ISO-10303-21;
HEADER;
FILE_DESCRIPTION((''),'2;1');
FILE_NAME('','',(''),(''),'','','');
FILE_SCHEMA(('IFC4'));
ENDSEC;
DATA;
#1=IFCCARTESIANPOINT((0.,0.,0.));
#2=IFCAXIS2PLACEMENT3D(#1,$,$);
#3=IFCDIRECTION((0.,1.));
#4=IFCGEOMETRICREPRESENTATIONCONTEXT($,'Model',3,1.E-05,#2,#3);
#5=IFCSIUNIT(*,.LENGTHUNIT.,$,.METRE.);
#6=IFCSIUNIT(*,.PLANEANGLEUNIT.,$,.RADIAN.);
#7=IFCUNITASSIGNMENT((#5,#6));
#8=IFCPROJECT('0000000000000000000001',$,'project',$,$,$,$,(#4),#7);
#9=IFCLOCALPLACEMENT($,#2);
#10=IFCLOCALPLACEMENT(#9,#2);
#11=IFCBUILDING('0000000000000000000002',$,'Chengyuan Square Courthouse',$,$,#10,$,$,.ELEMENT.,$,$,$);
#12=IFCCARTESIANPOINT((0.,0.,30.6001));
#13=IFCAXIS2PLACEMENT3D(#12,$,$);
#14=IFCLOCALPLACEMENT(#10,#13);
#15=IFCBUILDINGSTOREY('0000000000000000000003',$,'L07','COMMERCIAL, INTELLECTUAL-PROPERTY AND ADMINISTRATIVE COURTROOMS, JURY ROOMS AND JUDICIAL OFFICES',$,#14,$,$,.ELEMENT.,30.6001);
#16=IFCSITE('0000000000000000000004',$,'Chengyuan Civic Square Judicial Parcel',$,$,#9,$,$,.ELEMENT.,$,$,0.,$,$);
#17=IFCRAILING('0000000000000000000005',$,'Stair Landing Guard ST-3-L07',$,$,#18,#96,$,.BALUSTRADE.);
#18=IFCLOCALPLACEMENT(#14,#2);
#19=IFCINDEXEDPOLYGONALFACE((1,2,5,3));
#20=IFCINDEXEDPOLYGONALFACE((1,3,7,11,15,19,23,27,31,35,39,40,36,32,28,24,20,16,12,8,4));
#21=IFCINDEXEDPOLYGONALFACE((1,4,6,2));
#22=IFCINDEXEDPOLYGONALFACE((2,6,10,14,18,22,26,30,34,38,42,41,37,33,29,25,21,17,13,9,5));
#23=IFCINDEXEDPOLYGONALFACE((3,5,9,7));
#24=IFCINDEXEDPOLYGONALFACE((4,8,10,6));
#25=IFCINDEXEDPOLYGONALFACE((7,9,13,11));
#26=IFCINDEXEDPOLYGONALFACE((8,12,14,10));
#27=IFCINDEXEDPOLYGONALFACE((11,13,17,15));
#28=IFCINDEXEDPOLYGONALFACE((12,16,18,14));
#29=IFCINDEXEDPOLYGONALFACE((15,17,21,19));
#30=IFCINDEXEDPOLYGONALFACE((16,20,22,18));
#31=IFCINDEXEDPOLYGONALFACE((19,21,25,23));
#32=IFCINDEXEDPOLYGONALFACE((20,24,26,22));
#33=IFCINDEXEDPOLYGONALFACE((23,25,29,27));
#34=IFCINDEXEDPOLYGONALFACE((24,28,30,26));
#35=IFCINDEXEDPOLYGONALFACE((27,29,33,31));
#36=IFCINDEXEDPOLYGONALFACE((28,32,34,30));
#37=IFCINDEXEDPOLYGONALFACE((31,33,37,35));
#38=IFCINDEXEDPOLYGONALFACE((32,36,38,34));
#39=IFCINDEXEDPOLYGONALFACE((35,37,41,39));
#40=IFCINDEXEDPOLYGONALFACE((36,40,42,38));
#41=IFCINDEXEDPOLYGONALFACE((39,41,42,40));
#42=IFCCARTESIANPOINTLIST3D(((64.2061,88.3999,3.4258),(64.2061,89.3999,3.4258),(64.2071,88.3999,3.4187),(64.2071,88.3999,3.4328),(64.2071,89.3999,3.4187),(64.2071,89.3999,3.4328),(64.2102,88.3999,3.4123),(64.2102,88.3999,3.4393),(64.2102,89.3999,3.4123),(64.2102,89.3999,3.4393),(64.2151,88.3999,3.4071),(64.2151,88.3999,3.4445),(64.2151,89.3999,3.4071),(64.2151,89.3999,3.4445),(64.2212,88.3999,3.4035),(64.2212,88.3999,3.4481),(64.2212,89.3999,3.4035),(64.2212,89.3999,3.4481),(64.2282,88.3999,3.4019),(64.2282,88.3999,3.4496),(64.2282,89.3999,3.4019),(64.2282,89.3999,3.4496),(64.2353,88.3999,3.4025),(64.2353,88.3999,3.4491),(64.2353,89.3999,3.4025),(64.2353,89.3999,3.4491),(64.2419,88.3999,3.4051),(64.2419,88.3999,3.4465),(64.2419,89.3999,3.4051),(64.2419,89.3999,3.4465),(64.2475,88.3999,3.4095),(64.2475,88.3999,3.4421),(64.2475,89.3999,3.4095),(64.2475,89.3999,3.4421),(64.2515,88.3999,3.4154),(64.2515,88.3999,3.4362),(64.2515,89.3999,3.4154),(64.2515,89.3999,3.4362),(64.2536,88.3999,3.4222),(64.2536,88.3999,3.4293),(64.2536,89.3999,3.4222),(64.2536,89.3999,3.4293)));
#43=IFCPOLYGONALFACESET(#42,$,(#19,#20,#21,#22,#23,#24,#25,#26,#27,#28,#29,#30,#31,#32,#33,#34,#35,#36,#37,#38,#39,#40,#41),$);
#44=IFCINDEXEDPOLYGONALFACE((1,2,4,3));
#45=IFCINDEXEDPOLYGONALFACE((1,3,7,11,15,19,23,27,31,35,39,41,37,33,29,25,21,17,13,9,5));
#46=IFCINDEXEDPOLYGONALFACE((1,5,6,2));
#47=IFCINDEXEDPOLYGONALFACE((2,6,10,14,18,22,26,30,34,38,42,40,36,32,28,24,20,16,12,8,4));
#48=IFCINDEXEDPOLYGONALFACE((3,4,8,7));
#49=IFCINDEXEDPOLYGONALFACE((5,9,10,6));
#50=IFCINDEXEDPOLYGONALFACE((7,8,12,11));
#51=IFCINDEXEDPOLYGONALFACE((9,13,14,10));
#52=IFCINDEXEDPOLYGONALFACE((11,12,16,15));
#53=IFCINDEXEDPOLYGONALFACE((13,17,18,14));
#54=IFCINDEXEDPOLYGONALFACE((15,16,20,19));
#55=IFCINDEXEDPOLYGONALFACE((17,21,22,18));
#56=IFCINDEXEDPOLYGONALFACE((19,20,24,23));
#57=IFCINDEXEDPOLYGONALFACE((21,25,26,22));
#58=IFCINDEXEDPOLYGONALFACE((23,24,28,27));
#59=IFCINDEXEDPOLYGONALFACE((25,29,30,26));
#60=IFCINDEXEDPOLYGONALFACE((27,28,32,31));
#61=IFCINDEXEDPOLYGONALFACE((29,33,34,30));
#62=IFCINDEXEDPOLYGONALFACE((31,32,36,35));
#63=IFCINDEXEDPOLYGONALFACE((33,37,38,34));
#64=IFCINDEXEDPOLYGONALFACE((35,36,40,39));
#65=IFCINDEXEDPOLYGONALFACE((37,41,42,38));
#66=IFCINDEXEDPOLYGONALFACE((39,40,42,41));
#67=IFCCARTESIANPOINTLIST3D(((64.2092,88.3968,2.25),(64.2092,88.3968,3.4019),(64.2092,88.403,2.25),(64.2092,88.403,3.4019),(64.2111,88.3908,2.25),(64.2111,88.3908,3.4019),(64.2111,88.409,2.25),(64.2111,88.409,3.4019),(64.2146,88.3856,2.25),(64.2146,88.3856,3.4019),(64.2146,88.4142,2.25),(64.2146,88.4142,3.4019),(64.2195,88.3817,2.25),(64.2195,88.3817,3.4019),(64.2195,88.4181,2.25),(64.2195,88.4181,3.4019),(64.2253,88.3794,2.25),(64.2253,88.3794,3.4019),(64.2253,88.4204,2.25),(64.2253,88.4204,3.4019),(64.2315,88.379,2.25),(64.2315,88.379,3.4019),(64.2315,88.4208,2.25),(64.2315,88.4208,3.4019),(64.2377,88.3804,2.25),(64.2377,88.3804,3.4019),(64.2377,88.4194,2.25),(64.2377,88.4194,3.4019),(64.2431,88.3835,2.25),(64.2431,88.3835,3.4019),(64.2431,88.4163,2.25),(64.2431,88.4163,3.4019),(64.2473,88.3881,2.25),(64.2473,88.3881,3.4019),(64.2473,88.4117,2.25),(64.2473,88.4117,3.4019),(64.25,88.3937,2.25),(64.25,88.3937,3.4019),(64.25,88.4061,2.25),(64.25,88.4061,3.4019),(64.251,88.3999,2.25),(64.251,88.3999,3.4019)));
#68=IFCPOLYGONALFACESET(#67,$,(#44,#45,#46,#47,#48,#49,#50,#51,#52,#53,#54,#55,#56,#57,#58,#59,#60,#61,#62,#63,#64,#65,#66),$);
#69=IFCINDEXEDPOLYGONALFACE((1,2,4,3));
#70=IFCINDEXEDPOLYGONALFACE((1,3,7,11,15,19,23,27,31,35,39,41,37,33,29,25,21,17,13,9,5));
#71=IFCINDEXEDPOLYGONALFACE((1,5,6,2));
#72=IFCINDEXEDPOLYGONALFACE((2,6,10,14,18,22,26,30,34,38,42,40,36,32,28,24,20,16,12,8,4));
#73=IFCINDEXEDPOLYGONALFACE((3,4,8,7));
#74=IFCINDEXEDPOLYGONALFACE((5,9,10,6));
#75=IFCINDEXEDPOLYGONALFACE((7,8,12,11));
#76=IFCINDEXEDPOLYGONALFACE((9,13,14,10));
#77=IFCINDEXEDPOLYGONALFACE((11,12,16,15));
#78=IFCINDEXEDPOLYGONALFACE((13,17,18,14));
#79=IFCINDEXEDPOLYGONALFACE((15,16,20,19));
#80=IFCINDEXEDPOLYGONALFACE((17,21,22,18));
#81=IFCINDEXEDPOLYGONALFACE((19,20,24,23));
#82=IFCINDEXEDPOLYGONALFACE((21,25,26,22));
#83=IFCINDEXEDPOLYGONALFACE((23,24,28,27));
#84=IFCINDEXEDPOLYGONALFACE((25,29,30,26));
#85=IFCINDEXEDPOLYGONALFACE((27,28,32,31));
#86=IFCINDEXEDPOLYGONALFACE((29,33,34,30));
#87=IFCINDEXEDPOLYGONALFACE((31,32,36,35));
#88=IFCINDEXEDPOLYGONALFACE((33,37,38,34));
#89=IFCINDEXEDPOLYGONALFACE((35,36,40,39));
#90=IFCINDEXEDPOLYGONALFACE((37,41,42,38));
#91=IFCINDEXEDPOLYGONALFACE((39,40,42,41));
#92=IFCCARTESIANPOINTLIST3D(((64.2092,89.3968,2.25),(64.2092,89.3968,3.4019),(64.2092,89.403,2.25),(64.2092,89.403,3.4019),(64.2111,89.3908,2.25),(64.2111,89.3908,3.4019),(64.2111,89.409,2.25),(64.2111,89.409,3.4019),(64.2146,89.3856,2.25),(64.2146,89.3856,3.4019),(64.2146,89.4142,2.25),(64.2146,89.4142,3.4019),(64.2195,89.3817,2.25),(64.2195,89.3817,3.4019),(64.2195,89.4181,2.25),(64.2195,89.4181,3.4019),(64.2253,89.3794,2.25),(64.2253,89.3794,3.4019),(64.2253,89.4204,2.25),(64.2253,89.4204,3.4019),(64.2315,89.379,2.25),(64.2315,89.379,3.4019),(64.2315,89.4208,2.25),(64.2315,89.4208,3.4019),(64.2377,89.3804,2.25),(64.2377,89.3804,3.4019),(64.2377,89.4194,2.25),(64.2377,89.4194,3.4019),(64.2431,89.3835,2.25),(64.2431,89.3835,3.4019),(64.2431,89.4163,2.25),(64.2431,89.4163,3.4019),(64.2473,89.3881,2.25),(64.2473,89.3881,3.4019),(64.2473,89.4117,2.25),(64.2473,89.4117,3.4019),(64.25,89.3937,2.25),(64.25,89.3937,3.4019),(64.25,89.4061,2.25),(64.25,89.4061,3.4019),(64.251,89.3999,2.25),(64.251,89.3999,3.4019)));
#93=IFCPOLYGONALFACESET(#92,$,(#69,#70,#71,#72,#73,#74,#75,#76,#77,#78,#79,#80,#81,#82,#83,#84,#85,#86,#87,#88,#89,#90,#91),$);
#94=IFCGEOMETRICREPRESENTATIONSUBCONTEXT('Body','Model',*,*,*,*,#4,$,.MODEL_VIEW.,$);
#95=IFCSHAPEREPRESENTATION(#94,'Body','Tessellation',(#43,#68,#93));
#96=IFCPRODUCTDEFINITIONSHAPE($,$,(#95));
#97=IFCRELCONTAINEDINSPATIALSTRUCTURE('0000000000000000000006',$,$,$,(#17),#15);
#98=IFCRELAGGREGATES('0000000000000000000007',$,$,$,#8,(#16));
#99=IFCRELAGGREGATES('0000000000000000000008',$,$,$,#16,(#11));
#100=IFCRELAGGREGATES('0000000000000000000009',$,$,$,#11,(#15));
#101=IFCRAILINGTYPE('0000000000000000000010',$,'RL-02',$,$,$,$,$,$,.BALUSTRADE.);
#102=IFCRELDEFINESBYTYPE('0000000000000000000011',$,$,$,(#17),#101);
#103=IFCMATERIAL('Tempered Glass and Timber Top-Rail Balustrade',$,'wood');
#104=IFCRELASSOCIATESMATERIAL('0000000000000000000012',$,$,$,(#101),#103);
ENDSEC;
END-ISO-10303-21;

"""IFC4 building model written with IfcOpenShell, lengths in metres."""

from ifc_helpers import new_model, si_unit, direction, frame, origin, origin_2d, place, context, subcontext, project, spatial, circle, extrude, material, type_object, element, save


model = new_model("IFC4")

# Units and contexts
model_context = context("Model", 3, precision=1e-05, world=origin(), true_north=direction((0.0, 1.0)))
body_context = subcontext(model_context, "Body", "Model", "MODEL_VIEW")
ifc_project = project(units=[si_unit("LENGTHUNIT", "METRE"), si_unit("PLANEANGLEUNIT", "RADIAN")], contexts=[model_context])

# Site, building, storey
site_placement = place(None, origin())
site = spatial("IfcSite", under=ifc_project, at=site_placement, Name="Chengyuan Civic Square Judicial Parcel", CompositionType="ELEMENT", RefElevation=0.0)
building_placement = place(site_placement, origin())
building = spatial("IfcBuilding", under=site, at=building_placement, Name="Chengyuan Square Courthouse", CompositionType="ELEMENT")
storey_placement = place(building_placement, frame((0.0, 0.0, 30.6001)))
storey = spatial("IfcBuildingStorey", under=building, at=storey_placement, Name="L07", Description="COMMERCIAL, INTELLECTUAL-PROPERTY AND ADMINISTRATIVE COURTROOMS, JURY ROOMS AND JUDICIAL OFFICES", CompositionType="ELEMENT", Elevation=30.6001)

# Railing
ifc_material_1 = material(Name="Tempered Glass and Timber Top-Rail Balustrade", Category="wood")
railing_type_1 = type_object("IfcRailingType", Name="RL-02", PredefinedType="BALUSTRADE", material=ifc_material_1)
for number, where, name in (
    (1, (64.23, 88.3999, 2.25), "Stair Landing Guard ST-3-L07"),
):
    element("IfcRailing", number, at=place(storey_placement, frame(where)), inside=storey, type_object=railing_type_1, Name=name, PredefinedType="BALUSTRADE", context=body_context, shape_type="SweptSolid", body=[
        extrude(circle(Radius=0.0239, at=origin_2d()), frame((0.0, 0.0, 1.1758), z_axis=(0.0, 1.0, 0.0), x_axis=(-1.0, 0.0, 0.0)), (0.0, 0.0, 1.0), 1.0),
        extrude(circle(Radius=0.021, at=origin_2d()), origin(), (0.0, 0.0, 1.0), 1.1519),
        extrude(circle(Radius=0.021, at=origin_2d()), frame((0.0, 1.0, 0.0)), (0.0, 0.0, 1.0), 1.1519),
    ])

save(model, "model.ifc")
